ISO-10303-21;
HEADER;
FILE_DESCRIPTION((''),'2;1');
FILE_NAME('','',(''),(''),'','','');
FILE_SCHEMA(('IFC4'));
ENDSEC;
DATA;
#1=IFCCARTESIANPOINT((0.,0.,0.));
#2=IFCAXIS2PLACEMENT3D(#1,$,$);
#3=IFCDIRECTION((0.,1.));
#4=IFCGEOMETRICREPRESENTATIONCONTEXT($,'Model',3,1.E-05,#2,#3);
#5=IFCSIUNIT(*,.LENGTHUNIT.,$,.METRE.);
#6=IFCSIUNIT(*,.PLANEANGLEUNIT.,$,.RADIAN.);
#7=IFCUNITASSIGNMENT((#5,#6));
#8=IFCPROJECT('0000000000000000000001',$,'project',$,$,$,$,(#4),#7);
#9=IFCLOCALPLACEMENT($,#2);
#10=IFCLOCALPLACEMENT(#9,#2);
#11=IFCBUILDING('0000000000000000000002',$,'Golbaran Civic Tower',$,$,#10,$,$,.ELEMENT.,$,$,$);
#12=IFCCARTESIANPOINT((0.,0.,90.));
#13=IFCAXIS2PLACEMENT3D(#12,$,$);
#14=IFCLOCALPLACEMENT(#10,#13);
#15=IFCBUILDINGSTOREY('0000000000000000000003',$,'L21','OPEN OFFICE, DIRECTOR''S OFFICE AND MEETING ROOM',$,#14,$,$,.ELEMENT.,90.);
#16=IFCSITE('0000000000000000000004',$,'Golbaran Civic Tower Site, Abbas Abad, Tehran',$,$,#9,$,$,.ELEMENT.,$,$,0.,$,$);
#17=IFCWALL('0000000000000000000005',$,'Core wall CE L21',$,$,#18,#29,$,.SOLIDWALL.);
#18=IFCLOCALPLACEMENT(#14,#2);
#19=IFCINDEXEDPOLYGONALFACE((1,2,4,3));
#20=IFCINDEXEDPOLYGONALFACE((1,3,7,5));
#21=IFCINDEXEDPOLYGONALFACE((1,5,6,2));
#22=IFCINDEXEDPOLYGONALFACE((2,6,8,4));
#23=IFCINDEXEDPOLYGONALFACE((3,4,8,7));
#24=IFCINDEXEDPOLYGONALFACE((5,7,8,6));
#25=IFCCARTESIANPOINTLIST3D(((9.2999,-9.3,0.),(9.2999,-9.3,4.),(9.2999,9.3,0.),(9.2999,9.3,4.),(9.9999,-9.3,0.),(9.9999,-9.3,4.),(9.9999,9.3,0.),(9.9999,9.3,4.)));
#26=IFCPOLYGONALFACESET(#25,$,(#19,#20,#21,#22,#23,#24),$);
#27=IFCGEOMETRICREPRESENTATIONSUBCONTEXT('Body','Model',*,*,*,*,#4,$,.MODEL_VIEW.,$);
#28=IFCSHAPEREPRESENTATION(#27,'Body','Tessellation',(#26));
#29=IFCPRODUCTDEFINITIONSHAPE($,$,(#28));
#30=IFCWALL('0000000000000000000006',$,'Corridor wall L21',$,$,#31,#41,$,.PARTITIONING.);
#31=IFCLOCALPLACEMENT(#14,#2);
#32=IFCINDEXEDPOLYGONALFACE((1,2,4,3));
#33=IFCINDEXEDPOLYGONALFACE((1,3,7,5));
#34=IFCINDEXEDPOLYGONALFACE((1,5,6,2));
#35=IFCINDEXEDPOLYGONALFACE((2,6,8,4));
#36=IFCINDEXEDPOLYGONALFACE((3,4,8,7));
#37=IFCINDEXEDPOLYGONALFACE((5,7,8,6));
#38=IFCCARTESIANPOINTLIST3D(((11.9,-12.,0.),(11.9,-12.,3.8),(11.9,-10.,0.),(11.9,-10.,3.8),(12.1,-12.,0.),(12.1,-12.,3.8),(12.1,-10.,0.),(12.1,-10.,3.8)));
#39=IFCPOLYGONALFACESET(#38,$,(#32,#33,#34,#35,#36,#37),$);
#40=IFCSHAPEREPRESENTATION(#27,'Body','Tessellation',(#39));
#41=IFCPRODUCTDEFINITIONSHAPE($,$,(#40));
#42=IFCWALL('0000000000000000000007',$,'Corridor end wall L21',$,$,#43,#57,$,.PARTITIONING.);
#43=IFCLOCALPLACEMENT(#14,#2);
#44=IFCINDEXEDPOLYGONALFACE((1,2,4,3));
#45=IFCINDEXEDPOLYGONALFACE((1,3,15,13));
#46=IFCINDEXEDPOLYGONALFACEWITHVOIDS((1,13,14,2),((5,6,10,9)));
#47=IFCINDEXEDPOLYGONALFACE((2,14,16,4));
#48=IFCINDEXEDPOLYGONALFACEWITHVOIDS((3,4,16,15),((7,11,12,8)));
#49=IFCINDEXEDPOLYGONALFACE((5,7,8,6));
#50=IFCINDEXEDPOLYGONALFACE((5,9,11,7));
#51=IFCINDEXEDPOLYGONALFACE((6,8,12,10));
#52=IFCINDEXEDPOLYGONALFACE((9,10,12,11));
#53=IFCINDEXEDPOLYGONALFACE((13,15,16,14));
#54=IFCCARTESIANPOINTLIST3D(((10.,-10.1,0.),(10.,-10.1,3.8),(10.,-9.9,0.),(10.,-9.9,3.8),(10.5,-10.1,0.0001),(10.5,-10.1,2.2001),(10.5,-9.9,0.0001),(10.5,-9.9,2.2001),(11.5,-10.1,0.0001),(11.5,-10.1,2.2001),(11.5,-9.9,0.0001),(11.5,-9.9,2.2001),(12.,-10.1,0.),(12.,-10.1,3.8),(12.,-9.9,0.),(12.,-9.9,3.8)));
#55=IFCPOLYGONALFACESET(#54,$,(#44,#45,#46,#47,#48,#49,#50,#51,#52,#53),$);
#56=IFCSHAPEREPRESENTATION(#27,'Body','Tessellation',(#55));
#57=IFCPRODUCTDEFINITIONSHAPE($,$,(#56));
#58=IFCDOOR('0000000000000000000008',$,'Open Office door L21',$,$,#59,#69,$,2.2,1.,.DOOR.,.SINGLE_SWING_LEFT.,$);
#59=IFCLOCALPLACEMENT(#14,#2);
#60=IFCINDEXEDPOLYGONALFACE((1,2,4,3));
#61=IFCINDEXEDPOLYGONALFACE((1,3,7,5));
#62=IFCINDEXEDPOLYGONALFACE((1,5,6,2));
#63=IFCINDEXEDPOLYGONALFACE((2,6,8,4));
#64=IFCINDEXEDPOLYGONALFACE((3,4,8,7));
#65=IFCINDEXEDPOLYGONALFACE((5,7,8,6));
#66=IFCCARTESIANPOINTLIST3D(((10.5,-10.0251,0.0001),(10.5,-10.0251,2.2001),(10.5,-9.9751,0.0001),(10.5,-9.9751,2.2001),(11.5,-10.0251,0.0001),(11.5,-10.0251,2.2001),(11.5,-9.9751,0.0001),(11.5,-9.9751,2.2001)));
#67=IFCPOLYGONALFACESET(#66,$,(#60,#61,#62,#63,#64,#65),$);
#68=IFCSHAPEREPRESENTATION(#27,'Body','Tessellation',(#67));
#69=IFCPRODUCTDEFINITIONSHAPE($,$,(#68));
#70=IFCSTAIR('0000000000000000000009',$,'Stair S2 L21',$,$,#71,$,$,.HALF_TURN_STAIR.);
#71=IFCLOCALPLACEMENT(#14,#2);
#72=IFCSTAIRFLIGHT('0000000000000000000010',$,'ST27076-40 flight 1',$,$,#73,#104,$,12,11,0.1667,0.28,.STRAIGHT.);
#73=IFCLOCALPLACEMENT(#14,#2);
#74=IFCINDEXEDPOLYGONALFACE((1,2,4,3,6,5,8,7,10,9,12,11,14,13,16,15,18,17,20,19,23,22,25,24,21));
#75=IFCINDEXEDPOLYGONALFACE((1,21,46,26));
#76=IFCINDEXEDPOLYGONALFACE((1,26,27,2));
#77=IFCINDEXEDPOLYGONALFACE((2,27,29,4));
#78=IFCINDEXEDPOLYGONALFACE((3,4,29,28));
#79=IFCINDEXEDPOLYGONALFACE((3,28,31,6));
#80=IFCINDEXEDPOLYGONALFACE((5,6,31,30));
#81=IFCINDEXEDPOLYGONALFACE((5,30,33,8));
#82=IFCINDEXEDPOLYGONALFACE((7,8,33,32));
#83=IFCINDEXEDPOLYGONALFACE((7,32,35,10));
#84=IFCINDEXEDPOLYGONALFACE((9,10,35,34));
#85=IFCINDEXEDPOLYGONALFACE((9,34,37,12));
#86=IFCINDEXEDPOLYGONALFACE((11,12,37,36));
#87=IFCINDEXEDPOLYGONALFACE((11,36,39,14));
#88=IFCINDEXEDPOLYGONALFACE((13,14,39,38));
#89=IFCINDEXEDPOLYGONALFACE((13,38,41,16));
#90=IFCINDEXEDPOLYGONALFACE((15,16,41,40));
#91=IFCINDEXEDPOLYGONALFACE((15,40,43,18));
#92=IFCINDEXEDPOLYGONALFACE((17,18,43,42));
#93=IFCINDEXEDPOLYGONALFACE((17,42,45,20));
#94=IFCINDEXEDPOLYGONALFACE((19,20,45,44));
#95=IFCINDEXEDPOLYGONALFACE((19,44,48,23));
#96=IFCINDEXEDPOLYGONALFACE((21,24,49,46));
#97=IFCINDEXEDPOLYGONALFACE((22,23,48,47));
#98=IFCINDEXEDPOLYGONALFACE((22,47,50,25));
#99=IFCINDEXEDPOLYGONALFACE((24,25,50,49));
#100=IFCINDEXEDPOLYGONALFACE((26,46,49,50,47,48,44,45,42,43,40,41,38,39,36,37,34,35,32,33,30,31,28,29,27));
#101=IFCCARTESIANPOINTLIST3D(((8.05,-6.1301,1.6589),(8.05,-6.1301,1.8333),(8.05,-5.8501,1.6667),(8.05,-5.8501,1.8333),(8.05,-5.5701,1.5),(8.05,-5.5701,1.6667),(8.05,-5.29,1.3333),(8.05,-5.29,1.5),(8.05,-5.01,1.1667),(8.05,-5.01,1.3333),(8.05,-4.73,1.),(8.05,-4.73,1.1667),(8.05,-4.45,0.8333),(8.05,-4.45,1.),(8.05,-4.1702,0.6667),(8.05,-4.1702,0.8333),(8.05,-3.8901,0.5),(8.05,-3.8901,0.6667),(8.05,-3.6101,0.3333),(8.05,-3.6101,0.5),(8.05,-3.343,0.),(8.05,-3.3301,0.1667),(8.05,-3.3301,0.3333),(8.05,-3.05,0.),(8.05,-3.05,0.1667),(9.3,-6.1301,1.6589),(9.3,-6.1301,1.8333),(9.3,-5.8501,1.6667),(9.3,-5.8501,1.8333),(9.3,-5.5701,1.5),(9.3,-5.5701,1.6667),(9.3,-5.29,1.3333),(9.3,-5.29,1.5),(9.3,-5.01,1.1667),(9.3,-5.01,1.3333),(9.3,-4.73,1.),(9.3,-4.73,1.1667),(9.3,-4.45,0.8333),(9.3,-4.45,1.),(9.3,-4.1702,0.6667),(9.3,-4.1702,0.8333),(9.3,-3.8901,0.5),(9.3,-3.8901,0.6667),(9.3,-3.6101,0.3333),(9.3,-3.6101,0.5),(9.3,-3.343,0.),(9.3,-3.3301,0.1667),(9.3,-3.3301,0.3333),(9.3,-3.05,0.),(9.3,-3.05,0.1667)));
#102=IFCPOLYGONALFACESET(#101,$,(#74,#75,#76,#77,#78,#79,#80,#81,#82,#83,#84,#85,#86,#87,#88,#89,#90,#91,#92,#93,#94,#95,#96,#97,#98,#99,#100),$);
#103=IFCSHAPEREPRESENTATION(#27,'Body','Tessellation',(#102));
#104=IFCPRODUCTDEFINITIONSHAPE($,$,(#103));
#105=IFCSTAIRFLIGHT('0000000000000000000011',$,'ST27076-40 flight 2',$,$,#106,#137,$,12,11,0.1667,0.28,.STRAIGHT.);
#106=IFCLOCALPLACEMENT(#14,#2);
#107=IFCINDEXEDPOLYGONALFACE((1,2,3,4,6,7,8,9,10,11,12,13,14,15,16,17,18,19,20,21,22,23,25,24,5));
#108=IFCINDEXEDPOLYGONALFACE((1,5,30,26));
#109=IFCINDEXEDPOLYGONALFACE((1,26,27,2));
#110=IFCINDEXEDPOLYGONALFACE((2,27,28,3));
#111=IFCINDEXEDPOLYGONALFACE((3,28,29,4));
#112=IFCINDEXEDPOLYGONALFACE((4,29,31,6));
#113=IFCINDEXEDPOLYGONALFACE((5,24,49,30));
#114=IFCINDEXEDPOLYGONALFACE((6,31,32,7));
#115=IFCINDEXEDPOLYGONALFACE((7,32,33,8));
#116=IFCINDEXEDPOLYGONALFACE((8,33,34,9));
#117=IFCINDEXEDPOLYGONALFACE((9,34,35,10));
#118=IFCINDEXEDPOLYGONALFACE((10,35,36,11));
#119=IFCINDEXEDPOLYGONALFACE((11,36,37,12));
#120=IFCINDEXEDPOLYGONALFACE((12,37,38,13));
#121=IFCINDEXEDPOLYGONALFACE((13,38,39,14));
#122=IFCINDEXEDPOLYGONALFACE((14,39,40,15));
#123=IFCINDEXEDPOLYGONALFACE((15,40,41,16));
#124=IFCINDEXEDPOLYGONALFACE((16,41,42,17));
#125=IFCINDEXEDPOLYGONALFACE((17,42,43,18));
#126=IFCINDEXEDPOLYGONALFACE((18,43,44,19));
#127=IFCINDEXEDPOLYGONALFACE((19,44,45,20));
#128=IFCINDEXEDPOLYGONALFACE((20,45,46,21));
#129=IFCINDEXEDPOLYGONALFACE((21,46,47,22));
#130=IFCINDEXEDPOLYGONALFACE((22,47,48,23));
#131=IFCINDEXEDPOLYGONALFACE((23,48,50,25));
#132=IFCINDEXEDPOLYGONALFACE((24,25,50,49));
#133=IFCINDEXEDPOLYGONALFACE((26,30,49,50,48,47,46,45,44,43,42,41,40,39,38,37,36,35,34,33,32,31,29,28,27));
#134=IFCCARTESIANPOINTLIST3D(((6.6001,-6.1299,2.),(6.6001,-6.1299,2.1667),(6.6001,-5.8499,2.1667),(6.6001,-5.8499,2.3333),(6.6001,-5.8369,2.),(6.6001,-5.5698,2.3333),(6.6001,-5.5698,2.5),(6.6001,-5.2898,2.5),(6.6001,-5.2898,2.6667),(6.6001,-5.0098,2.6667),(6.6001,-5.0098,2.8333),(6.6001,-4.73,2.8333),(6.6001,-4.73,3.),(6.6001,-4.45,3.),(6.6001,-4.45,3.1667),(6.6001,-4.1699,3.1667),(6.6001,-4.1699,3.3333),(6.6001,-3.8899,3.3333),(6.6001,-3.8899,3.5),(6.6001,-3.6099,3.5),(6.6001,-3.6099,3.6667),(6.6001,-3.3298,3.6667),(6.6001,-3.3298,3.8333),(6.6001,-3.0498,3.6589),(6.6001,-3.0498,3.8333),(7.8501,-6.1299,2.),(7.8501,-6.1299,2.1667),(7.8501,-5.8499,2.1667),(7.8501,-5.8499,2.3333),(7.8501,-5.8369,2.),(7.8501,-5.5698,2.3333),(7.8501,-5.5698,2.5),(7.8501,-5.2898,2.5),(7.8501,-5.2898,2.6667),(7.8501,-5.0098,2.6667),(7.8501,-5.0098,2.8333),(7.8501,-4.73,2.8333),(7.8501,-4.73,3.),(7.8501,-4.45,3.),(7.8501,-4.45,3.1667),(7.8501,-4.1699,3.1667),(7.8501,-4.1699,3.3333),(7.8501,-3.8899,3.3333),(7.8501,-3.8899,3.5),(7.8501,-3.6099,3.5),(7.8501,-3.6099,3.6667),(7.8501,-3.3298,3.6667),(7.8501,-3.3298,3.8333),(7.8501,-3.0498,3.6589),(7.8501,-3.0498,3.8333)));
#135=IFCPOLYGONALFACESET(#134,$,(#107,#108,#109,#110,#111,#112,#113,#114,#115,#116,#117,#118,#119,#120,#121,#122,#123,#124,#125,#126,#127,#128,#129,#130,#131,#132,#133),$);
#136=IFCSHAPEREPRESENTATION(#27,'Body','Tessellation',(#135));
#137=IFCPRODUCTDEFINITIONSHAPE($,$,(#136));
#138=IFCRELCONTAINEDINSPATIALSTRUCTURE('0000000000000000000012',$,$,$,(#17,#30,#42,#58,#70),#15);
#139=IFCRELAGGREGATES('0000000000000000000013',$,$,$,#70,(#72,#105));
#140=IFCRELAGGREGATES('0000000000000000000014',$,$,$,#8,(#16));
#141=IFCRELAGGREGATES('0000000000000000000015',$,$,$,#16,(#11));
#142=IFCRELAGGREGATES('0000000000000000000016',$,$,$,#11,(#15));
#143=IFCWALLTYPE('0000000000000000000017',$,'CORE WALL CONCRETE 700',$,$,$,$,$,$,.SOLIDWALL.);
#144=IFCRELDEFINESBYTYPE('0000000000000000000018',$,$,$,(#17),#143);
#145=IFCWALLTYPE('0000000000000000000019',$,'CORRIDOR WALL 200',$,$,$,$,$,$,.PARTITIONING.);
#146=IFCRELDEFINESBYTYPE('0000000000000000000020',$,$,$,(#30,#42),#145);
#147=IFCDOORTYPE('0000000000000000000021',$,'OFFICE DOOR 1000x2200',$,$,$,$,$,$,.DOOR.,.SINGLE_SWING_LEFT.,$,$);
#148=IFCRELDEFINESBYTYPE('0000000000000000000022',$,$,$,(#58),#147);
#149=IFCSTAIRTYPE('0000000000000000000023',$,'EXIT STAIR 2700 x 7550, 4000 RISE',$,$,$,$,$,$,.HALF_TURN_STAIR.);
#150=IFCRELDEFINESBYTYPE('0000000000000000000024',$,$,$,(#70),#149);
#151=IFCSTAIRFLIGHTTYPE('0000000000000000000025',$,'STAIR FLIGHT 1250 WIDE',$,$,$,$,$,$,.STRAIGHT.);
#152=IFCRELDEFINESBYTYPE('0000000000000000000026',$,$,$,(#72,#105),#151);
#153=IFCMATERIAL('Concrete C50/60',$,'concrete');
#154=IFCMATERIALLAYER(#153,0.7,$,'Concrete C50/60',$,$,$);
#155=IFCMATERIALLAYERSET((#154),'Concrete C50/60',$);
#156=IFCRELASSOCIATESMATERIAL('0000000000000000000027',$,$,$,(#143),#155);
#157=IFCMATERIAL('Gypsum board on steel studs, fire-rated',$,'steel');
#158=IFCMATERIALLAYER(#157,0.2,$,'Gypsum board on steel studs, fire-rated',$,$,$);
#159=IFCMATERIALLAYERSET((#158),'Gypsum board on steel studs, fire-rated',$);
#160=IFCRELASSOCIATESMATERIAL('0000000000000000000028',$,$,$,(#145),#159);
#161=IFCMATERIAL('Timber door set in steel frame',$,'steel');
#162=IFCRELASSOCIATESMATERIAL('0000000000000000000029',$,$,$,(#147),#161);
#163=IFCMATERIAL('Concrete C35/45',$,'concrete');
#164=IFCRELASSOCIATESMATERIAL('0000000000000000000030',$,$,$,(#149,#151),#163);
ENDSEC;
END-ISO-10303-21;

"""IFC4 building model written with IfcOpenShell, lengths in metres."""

from ifc_helpers import new_model, si_unit, direction, frame, frame_2d, origin, place, context, subcontext, project, spatial, polyline, rectangle, outline, extrude, material, layer, layer_set, type_object, element, fill, aggregate, save


model = new_model("IFC4")

# Units and contexts
model_context = context("Model", 3, precision=1e-05, world=origin(), true_north=direction((0.0, 1.0)))
body_context = subcontext(model_context, "Body", "Model", "MODEL_VIEW")
ifc_project = project(units=[si_unit("LENGTHUNIT", "METRE"), si_unit("PLANEANGLEUNIT", "RADIAN")], contexts=[model_context])

# Site, building, storey
site_placement = place(None, origin())
site = spatial("IfcSite", under=ifc_project, at=site_placement, Name="Golbaran Civic Tower Site, Abbas Abad, Tehran", CompositionType="ELEMENT", RefElevation=0.0)
building_placement = place(site_placement, origin())
building = spatial("IfcBuilding", under=site, at=building_placement, Name="Golbaran Civic Tower", CompositionType="ELEMENT")
storey_placement = place(building_placement, frame((0.0, 0.0, 90.0)))
storey = spatial("IfcBuildingStorey", under=building, at=storey_placement, Name="L21", Description="OPEN OFFICE, DIRECTOR'S OFFICE AND MEETING ROOM", CompositionType="ELEMENT", Elevation=90.0)

# Shared definitions
ifc_material_1 = material(Name="Concrete C50/60", Category="concrete")
ifc_layer_1 = layer(ifc_material_1, 0.7, Name="Concrete C50/60")
ifc_layer_set_1 = layer_set([ifc_layer_1], Name="Concrete C50/60")
wall_type_1 = type_object("IfcWallType", Name="CORE WALL CONCRETE 700", PredefinedType="SOLIDWALL", material=ifc_layer_set_1)
ifc_material_2 = material(Name="Timber door set in steel frame", Category="steel")

# Walls
wall_1_placement = place(storey_placement, frame((9.6499, -9.3, 0.0), z_axis=(0.0, 0.0, 1.0), x_axis=(0.0, 1.0, 0.0)))
element("IfcWall", 1, at=wall_1_placement, inside=storey, type_object=wall_type_1, Name="Core wall CE L21", PredefinedType="SOLIDWALL", context=body_context, shape_type="SweptSolid", body=[
    extrude(rectangle(XDim=18.6001, YDim=0.7, at=frame_2d((9.3, 0.0))), origin(), (0.0, 0.0, 1.0), 4.0),
])
ifc_material_3 = material(Name="Gypsum board on steel studs, fire-rated", Category="steel")
ifc_layer_2 = layer(ifc_material_3, 0.2, Name="Gypsum board on steel studs, fire-rated")
ifc_layer_set_2 = layer_set([ifc_layer_2], Name="Gypsum board on steel studs, fire-rated")
wall_type_2 = type_object("IfcWallType", Name="CORRIDOR WALL 200", PredefinedType="PARTITIONING", material=ifc_layer_set_2)
wall_2_placement = place(storey_placement, frame((12.0, -12.0, 0.0), z_axis=(0.0, 0.0, 1.0), x_axis=(0.0, 1.0, 0.0)))
element("IfcWall", 2, at=wall_2_placement, inside=storey, type_object=wall_type_2, Name="Corridor wall L21", PredefinedType="PARTITIONING", context=body_context, shape_type="SweptSolid", body=[
    extrude(rectangle(XDim=2.0, YDim=0.2, at=frame_2d((1.0, 0.0))), origin(), (0.0, 0.0, 1.0), 3.8),
])

# Wall, opening, door
wall_3_placement = place(storey_placement, frame((10.0, -10.0, 0.0), z_axis=(0.0, 0.0, 1.0), x_axis=(1.0, 0.0, 0.0)))
wall_3 = element("IfcWall", 3, at=wall_3_placement, inside=storey, type_object=wall_type_2, Name="Corridor end wall L21", PredefinedType="PARTITIONING", context=body_context, shape_type="SweptSolid", body=[
    extrude(rectangle(XDim=2.0, YDim=0.2, at=frame_2d((1.0, 0.0))), origin(), (0.0, 0.0, 1.0), 3.8),
])
opening_1_placement = place(wall_3_placement, frame((0.5, 0.0, 0.0)))
opening_1 = element("IfcOpeningElement", 4, at=opening_1_placement, cuts=wall_3, PredefinedType="OPENING", context=body_context, shape_type="SweptSolid", body=[
    extrude(rectangle(XDim=1.0, YDim=2.2, at=frame_2d((0.5, 1.1001))), frame((0.0, 0.1099, 0.0), z_axis=(0.0, -1.0, 0.0), x_axis=(1.0, 0.0, 0.0)), (0.0, 0.0, 1.0), 0.22),
])
door_type_1 = type_object("IfcDoorType", Name="OFFICE DOOR 1000x2200", OperationType="SINGLE_SWING_LEFT", PredefinedType="DOOR", material=ifc_material_2)
door_1_placement = place(opening_1_placement, origin())
door_1 = element("IfcDoor", 5, at=door_1_placement, inside=storey, type_object=door_type_1, Name="Open Office door L21", OperationType="SINGLE_SWING_LEFT", OverallHeight=2.2, OverallWidth=1.0, PredefinedType="DOOR", context=body_context, shape_type="SweptSolid", body=[
    extrude(rectangle(XDim=1.0, YDim=2.2, at=frame_2d((0.5, 1.1001))), frame((0.0, 0.0249, 0.0), z_axis=(0.0, -1.0, 0.0), x_axis=(1.0, 0.0, 0.0)), (0.0, 0.0, 1.0), 0.05),
])
fill(opening_1, door_1)

# Stair, stair flights
ifc_material_4 = material(Name="Concrete C35/45", Category="concrete")
stair_type = type_object("IfcStairType", Name="EXIT STAIR 2700 x 7550, 4000 RISE", PredefinedType="HALF_TURN_STAIR", material=ifc_material_4)
stair_placement = place(storey_placement, origin())
stair = element("IfcStair", 6, at=stair_placement, inside=storey, type_object=stair_type, Name="Stair S2 L21", PredefinedType="HALF_TURN_STAIR")
stair_flight_type = type_object("IfcStairFlightType", Name="STAIR FLIGHT 1250 WIDE", PredefinedType="STRAIGHT", material=ifc_material_4)
stair_flight_1_placement = place(storey_placement, frame((8.675, -3.05, 0.0), z_axis=(0.0, 0.0, 1.0), x_axis=(0.0, -1.0, 0.0)))
stair_flight_1 = element("IfcStairFlight", 7, at=stair_flight_1_placement, type_object=stair_flight_type, Name="ST27076-40 flight 1", NumberOfRisers=12, NumberOfTreads=11, PredefinedType="STRAIGHT", RiserHeight=0.1667, TreadLength=0.28, context=body_context, shape_type="SweptSolid", body=[
    extrude(outline(polyline([(0.0, 0.0), (0.0, 0.1667), (0.28, 0.1667), (0.28, 0.3333), (0.5601, 0.3333), (0.5601, 0.5), (0.8401, 0.5), (0.8401, 0.6667), (1.1201, 0.6667), (1.1201, 0.8333), (1.3999, 0.8333), (1.3999, 1.0), (1.6799, 1.0), (1.6799, 1.1667), (1.96, 1.1667), (1.96, 1.3333), (2.24, 1.3333), (2.24, 1.5), (2.52, 1.5), (2.52, 1.6667), (2.8, 1.6667), (2.8, 1.8333), (3.0801, 1.8333), (3.0801, 2.0), (3.0801, 1.6589), (0.293, 0.0), (0.0, 0.0)])), frame((0.0, 0.625, 0.0), z_axis=(0.0, -1.0, 0.0), x_axis=(1.0, 0.0, 0.0)), (0.0, 0.0, 1.0), 1.25),
])
stair_flight_2_placement = place(storey_placement, frame((7.2251, -6.1299, 2.0), z_axis=(0.0, 0.0, 1.0), x_axis=(0.0, 1.0, 0.0)))
stair_flight_2 = element("IfcStairFlight", 8, at=stair_flight_2_placement, type_object=stair_flight_type, Name="ST27076-40 flight 2", NumberOfRisers=12, NumberOfTreads=11, PredefinedType="STRAIGHT", RiserHeight=0.1667, TreadLength=0.28, context=body_context, shape_type="SweptSolid", body=[
    extrude(outline(polyline([(0.0, 0.0), (0.0, 0.1667), (0.28, 0.1667), (0.28, 0.3333), (0.5601, 0.3333), (0.5601, 0.5), (0.8401, 0.5), (0.8401, 0.6667), (1.1201, 0.6667), (1.1201, 0.8333), (1.3999, 0.8333), (1.3999, 1.0), (1.6799, 1.0), (1.6799, 1.1667), (1.96, 1.1667), (1.96, 1.3333), (2.24, 1.3333), (2.24, 1.5), (2.52, 1.5), (2.52, 1.6667), (2.8, 1.6667), (2.8, 1.8333), (3.0801, 1.8333), (3.0801, 2.0), (3.0801, 1.6589), (0.293, 0.0), (0.0, 0.0)])), frame((0.0, 0.625, 0.0), z_axis=(0.0, -1.0, 0.0), x_axis=(1.0, 0.0, 0.0)), (0.0, 0.0, 1.0), 1.25),
])
aggregate(stair, [stair_flight_1, stair_flight_2])

save(model, "model.ifc")
